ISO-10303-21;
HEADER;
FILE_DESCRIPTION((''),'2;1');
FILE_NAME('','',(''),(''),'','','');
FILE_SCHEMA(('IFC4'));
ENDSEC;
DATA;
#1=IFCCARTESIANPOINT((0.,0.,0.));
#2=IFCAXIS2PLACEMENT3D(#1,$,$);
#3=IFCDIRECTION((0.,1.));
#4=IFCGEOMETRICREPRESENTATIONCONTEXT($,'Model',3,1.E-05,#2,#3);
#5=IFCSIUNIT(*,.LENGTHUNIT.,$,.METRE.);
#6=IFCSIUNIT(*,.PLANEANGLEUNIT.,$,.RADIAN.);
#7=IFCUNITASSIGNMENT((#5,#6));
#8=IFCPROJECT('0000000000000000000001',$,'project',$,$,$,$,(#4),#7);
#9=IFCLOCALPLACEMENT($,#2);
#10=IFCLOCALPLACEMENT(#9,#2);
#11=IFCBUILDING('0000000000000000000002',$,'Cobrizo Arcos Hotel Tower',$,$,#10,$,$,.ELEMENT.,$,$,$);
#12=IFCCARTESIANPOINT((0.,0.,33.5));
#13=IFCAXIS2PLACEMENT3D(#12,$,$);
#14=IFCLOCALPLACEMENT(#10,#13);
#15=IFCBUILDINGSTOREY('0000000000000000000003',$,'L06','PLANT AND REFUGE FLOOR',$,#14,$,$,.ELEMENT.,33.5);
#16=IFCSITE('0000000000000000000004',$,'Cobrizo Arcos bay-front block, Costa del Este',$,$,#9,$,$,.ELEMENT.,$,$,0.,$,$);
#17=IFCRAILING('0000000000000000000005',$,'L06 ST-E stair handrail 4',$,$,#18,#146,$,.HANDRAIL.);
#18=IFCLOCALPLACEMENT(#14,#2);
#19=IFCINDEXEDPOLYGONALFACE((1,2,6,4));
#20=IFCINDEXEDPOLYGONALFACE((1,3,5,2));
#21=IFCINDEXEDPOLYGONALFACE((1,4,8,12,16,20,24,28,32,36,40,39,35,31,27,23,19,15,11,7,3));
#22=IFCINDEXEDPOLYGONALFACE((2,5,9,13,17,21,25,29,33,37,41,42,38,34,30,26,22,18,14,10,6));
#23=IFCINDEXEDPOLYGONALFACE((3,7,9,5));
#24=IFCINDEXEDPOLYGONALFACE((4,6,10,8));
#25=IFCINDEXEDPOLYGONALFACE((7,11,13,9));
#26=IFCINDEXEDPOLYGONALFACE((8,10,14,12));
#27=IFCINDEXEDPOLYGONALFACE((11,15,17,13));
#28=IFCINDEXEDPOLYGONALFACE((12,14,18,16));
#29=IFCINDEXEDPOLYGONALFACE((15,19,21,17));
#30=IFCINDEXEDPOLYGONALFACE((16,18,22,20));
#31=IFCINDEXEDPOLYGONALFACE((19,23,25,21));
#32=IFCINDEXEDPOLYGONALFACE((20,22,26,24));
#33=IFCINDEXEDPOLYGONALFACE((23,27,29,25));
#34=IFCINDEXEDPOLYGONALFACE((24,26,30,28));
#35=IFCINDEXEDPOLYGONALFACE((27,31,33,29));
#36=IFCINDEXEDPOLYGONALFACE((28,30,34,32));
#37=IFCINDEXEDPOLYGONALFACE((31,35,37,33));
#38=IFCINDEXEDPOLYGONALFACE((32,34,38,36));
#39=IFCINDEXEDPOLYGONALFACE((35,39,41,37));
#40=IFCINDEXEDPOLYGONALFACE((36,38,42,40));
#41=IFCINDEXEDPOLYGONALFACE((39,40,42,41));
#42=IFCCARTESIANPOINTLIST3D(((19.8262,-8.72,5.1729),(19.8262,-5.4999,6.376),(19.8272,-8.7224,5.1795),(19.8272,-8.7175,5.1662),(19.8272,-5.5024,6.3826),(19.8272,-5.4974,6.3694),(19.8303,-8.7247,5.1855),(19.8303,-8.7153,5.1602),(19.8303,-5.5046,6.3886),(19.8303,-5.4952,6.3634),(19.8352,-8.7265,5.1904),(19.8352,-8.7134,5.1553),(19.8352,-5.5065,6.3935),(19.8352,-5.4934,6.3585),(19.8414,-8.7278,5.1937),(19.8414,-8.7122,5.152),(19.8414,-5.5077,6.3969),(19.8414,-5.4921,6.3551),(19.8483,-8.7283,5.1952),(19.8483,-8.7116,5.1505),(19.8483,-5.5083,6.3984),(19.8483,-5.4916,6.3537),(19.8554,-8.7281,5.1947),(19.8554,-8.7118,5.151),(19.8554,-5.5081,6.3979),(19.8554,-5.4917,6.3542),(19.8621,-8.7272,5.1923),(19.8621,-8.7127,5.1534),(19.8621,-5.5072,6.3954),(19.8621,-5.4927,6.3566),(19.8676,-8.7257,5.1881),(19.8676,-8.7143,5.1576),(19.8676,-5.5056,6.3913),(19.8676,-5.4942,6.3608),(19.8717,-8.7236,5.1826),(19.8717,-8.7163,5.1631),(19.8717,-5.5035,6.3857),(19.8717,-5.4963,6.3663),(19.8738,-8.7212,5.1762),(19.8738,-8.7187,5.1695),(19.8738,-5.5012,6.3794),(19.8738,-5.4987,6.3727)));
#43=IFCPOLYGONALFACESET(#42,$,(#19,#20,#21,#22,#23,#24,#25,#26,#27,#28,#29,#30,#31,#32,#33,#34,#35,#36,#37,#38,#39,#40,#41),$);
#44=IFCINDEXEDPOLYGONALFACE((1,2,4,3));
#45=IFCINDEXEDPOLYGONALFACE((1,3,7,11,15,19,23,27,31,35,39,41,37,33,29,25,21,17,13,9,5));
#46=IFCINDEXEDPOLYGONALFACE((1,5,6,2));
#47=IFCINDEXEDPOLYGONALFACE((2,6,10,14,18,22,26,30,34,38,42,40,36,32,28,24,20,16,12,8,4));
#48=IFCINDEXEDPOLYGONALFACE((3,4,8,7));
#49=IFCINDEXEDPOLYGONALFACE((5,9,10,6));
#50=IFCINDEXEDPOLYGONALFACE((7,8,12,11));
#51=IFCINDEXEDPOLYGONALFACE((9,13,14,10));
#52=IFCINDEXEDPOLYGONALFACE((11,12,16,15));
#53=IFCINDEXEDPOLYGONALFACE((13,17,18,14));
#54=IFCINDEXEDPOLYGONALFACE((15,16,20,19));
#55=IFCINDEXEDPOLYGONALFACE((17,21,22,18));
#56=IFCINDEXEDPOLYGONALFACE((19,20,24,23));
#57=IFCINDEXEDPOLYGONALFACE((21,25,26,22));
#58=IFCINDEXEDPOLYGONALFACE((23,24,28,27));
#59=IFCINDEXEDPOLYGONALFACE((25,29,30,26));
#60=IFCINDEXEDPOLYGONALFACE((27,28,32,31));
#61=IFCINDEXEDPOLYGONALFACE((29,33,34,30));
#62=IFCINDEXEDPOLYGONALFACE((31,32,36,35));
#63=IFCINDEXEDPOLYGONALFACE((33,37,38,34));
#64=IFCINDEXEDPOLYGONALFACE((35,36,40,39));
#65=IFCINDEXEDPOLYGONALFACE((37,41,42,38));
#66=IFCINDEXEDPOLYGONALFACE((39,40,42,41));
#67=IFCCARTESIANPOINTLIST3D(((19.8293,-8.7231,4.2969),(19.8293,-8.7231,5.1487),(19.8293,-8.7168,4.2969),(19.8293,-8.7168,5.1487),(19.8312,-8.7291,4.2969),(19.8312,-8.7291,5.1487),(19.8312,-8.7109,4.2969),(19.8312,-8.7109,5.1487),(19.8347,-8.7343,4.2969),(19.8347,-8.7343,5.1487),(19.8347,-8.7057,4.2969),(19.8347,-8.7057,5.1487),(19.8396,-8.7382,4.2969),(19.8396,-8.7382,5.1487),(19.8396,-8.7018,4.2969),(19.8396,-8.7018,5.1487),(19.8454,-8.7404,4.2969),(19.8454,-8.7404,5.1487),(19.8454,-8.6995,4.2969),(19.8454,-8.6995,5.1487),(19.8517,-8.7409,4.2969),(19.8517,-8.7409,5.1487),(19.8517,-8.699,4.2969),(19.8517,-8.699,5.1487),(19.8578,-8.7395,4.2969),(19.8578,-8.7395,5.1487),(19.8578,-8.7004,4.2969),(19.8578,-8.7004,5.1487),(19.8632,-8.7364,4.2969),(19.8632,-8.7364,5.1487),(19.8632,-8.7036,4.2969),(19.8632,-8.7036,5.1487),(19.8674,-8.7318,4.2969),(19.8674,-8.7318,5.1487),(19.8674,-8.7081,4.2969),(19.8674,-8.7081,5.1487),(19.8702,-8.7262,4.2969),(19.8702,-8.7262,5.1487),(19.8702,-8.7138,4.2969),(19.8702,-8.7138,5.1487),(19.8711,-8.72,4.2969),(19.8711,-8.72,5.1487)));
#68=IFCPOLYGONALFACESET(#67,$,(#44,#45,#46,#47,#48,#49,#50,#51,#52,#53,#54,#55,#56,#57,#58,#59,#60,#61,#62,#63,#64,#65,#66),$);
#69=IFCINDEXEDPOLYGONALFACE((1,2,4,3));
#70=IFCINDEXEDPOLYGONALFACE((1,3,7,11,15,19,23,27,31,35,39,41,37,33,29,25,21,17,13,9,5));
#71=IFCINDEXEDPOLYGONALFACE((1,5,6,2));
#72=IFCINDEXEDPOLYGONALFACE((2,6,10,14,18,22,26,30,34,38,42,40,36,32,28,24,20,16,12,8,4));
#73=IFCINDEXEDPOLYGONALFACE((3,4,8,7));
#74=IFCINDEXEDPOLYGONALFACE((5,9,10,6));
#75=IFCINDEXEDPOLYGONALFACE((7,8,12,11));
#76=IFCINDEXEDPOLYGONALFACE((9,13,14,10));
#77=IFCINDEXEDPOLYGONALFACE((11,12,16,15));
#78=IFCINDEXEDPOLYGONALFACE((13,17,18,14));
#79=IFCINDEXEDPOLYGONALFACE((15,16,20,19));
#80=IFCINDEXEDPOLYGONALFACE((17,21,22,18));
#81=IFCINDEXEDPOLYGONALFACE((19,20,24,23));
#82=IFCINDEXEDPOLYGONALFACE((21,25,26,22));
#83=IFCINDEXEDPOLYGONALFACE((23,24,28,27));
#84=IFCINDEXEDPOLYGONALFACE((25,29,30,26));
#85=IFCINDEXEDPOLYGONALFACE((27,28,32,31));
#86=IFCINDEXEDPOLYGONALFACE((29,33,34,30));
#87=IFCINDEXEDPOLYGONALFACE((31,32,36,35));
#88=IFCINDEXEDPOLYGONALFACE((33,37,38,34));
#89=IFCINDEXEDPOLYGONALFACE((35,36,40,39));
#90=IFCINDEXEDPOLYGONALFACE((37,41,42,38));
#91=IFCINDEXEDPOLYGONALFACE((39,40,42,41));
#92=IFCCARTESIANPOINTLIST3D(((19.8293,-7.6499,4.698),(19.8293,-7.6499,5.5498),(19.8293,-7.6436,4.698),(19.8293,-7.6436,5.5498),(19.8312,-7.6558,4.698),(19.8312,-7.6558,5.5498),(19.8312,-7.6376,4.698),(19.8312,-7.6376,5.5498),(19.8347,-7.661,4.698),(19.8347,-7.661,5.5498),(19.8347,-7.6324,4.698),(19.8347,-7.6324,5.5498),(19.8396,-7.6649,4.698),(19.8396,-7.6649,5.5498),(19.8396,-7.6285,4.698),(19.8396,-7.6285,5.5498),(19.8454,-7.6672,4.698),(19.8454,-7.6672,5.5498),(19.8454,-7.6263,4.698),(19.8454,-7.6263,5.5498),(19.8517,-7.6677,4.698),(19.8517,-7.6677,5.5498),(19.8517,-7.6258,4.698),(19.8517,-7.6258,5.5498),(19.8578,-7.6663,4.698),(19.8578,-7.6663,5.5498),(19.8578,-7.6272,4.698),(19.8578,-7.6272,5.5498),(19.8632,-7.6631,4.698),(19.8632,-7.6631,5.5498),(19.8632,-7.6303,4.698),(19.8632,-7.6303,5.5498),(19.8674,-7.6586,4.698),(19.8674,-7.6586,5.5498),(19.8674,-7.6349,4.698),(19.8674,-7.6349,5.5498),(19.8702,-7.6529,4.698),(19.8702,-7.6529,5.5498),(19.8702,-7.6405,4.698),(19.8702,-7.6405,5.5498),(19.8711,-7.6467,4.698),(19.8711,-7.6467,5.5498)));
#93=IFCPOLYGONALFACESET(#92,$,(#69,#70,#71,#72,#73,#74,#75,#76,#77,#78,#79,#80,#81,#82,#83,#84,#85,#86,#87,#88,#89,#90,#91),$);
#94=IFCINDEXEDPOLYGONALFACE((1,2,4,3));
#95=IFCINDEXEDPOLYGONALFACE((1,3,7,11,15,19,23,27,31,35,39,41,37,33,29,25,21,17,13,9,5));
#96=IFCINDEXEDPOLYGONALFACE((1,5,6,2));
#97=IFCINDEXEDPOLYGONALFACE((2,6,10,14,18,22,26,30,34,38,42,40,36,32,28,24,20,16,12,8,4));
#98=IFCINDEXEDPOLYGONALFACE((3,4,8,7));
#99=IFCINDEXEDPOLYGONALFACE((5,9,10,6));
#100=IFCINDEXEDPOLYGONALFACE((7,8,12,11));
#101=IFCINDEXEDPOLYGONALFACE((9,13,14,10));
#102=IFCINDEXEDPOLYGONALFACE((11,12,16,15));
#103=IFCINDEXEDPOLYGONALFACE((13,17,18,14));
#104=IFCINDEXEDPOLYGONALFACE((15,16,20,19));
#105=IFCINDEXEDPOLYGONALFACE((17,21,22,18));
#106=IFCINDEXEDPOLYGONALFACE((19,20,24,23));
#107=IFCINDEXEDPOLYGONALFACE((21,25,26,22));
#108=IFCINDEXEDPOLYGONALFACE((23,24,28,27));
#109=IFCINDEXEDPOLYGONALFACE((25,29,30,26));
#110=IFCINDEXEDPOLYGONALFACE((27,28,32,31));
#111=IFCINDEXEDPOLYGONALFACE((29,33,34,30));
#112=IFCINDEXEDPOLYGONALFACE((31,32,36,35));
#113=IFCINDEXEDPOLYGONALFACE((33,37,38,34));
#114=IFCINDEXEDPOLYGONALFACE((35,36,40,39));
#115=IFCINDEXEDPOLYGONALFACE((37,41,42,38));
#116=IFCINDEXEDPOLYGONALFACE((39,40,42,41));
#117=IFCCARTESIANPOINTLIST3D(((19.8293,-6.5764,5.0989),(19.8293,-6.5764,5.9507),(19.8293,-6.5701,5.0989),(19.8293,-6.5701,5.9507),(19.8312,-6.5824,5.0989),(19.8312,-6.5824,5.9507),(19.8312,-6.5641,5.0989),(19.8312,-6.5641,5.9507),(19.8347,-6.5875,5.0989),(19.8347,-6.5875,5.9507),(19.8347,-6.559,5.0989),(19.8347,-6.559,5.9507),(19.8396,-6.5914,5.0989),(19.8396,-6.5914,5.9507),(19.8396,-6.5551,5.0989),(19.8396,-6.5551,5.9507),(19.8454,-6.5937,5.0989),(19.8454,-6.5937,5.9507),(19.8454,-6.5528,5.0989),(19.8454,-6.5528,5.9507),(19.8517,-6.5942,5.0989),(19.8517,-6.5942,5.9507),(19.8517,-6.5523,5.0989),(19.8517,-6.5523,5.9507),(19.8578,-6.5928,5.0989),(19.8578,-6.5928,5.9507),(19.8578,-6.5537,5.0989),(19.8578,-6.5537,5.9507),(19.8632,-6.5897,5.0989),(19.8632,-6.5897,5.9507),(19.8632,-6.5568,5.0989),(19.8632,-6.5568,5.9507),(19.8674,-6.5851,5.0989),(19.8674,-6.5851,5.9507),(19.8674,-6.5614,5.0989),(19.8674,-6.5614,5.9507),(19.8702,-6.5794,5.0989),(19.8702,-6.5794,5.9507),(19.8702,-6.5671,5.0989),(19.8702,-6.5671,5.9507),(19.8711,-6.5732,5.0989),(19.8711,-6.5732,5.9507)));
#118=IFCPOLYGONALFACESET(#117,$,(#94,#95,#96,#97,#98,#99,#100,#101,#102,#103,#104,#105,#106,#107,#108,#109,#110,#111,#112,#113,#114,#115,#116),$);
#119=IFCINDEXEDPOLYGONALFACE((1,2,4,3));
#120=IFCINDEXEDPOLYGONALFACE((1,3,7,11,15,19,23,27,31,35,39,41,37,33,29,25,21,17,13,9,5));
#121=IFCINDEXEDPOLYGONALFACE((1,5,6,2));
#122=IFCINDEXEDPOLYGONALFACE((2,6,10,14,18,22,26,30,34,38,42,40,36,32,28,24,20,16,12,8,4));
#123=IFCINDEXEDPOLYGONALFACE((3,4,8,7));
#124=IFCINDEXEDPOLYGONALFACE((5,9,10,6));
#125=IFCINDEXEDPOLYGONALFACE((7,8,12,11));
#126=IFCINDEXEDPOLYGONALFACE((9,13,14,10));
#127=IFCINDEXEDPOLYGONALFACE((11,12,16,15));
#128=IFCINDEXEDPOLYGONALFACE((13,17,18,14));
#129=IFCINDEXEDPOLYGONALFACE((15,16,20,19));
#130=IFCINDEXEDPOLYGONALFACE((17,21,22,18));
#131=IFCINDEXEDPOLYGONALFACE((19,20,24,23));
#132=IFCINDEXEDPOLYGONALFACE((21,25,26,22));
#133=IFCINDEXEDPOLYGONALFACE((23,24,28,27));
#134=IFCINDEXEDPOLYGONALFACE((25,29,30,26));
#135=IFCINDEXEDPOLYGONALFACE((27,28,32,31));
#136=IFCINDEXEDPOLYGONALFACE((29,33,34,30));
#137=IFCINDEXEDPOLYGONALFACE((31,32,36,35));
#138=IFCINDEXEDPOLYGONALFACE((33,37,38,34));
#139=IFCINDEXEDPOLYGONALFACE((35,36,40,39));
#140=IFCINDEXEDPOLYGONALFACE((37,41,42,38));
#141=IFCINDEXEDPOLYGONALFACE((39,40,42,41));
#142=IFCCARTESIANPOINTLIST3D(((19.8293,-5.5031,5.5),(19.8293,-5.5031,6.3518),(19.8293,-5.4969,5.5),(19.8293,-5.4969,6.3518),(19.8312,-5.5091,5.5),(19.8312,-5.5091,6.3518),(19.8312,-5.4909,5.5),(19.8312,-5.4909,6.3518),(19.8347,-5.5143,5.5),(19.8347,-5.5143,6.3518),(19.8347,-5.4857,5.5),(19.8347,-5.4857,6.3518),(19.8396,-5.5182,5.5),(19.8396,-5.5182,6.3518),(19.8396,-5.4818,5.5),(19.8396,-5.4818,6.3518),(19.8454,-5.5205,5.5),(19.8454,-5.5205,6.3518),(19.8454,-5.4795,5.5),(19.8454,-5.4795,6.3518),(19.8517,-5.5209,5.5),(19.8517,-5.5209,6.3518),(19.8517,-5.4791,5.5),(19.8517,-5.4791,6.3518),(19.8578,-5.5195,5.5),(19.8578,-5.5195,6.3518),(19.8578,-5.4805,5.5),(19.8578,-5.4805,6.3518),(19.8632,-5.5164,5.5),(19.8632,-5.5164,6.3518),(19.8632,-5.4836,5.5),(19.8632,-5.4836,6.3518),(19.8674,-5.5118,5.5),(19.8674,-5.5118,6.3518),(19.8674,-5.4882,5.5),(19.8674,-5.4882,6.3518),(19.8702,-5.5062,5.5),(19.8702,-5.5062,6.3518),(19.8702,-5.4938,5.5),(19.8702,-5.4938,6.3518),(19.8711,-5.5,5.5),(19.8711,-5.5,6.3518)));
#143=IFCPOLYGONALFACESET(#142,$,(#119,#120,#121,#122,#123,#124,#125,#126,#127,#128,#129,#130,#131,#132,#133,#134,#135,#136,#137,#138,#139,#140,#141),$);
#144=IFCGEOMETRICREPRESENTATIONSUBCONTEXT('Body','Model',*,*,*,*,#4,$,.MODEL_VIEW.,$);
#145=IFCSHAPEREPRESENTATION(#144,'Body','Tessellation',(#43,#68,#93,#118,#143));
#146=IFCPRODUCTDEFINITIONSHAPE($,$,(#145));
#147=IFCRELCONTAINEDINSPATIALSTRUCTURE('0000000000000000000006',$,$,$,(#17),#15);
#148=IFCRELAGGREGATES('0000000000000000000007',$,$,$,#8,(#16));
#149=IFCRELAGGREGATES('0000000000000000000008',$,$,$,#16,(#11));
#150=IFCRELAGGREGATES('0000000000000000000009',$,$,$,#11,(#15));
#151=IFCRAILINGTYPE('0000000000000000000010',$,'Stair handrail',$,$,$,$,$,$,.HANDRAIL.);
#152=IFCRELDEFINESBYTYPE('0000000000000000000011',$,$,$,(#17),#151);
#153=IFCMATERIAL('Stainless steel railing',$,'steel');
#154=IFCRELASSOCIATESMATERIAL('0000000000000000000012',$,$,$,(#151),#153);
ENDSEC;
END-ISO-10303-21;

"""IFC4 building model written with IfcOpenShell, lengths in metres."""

from ifc_helpers import new_model, si_unit, direction, frame, origin, origin_2d, place, context, subcontext, project, spatial, circle, extrude, material, type_object, element, save


model = new_model("IFC4")

# Units and contexts
model_context = context("Model", 3, precision=1e-05, world=origin(), true_north=direction((0.0, 1.0)))
body_context = subcontext(model_context, "Body", "Model", "MODEL_VIEW")
ifc_project = project(units=[si_unit("LENGTHUNIT", "METRE"), si_unit("PLANEANGLEUNIT", "RADIAN")], contexts=[model_context])

# Site, building, storey
site_placement = place(None, origin())
site = spatial("IfcSite", under=ifc_project, at=site_placement, Name="Cobrizo Arcos bay-front block, Costa del Este", CompositionType="ELEMENT", RefElevation=0.0)
building_placement = place(site_placement, origin())
building = spatial("IfcBuilding", under=site, at=building_placement, Name="Cobrizo Arcos Hotel Tower", CompositionType="ELEMENT")
storey_placement = place(building_placement, frame((0.0, 0.0, 33.5)))
storey = spatial("IfcBuildingStorey", under=building, at=storey_placement, Name="L06", Description="PLANT AND REFUGE FLOOR", CompositionType="ELEMENT", Elevation=33.5)

# Railing
ifc_material_1 = material(Name="Stainless steel railing", Category="steel")
railing_type_1 = type_object("IfcRailingType", Name="Stair handrail", PredefinedType="HANDRAIL", material=ifc_material_1)
railing_1_placement = place(storey_placement, frame((19.8501, -8.72, 4.2969)))
element("IfcRailing", 1, at=railing_1_placement, inside=storey, type_object=railing_type_1, Name="L06 ST-E stair handrail 4", PredefinedType="HANDRAIL", context=body_context, shape_type="SweptSolid", body=[
    extrude(circle(Radius=0.0239, at=origin_2d()), frame((0.0, 0.0, 0.876), z_axis=(0.0, 0.936746, 0.35001), x_axis=(-1.0, 0.0, 0.0)), (0.0, 0.0, 1.0), 3.4375),
    extrude(circle(Radius=0.021, at=origin_2d()), origin(), (0.0, 0.0, 1.0), 0.8518),
    extrude(circle(Radius=0.021, at=origin_2d()), frame((0.0, 1.0732, 0.4011)), (0.0, 0.0, 1.0), 0.8518),
    extrude(circle(Radius=0.021, at=origin_2d()), frame((0.0, 2.1467, 0.802)), (0.0, 0.0, 1.0), 0.8518),
    extrude(circle(Radius=0.021, at=origin_2d()), frame((0.0, 3.22, 1.2031)), (0.0, 0.0, 1.0), 0.8518),
])

save(model, "model.ifc")
